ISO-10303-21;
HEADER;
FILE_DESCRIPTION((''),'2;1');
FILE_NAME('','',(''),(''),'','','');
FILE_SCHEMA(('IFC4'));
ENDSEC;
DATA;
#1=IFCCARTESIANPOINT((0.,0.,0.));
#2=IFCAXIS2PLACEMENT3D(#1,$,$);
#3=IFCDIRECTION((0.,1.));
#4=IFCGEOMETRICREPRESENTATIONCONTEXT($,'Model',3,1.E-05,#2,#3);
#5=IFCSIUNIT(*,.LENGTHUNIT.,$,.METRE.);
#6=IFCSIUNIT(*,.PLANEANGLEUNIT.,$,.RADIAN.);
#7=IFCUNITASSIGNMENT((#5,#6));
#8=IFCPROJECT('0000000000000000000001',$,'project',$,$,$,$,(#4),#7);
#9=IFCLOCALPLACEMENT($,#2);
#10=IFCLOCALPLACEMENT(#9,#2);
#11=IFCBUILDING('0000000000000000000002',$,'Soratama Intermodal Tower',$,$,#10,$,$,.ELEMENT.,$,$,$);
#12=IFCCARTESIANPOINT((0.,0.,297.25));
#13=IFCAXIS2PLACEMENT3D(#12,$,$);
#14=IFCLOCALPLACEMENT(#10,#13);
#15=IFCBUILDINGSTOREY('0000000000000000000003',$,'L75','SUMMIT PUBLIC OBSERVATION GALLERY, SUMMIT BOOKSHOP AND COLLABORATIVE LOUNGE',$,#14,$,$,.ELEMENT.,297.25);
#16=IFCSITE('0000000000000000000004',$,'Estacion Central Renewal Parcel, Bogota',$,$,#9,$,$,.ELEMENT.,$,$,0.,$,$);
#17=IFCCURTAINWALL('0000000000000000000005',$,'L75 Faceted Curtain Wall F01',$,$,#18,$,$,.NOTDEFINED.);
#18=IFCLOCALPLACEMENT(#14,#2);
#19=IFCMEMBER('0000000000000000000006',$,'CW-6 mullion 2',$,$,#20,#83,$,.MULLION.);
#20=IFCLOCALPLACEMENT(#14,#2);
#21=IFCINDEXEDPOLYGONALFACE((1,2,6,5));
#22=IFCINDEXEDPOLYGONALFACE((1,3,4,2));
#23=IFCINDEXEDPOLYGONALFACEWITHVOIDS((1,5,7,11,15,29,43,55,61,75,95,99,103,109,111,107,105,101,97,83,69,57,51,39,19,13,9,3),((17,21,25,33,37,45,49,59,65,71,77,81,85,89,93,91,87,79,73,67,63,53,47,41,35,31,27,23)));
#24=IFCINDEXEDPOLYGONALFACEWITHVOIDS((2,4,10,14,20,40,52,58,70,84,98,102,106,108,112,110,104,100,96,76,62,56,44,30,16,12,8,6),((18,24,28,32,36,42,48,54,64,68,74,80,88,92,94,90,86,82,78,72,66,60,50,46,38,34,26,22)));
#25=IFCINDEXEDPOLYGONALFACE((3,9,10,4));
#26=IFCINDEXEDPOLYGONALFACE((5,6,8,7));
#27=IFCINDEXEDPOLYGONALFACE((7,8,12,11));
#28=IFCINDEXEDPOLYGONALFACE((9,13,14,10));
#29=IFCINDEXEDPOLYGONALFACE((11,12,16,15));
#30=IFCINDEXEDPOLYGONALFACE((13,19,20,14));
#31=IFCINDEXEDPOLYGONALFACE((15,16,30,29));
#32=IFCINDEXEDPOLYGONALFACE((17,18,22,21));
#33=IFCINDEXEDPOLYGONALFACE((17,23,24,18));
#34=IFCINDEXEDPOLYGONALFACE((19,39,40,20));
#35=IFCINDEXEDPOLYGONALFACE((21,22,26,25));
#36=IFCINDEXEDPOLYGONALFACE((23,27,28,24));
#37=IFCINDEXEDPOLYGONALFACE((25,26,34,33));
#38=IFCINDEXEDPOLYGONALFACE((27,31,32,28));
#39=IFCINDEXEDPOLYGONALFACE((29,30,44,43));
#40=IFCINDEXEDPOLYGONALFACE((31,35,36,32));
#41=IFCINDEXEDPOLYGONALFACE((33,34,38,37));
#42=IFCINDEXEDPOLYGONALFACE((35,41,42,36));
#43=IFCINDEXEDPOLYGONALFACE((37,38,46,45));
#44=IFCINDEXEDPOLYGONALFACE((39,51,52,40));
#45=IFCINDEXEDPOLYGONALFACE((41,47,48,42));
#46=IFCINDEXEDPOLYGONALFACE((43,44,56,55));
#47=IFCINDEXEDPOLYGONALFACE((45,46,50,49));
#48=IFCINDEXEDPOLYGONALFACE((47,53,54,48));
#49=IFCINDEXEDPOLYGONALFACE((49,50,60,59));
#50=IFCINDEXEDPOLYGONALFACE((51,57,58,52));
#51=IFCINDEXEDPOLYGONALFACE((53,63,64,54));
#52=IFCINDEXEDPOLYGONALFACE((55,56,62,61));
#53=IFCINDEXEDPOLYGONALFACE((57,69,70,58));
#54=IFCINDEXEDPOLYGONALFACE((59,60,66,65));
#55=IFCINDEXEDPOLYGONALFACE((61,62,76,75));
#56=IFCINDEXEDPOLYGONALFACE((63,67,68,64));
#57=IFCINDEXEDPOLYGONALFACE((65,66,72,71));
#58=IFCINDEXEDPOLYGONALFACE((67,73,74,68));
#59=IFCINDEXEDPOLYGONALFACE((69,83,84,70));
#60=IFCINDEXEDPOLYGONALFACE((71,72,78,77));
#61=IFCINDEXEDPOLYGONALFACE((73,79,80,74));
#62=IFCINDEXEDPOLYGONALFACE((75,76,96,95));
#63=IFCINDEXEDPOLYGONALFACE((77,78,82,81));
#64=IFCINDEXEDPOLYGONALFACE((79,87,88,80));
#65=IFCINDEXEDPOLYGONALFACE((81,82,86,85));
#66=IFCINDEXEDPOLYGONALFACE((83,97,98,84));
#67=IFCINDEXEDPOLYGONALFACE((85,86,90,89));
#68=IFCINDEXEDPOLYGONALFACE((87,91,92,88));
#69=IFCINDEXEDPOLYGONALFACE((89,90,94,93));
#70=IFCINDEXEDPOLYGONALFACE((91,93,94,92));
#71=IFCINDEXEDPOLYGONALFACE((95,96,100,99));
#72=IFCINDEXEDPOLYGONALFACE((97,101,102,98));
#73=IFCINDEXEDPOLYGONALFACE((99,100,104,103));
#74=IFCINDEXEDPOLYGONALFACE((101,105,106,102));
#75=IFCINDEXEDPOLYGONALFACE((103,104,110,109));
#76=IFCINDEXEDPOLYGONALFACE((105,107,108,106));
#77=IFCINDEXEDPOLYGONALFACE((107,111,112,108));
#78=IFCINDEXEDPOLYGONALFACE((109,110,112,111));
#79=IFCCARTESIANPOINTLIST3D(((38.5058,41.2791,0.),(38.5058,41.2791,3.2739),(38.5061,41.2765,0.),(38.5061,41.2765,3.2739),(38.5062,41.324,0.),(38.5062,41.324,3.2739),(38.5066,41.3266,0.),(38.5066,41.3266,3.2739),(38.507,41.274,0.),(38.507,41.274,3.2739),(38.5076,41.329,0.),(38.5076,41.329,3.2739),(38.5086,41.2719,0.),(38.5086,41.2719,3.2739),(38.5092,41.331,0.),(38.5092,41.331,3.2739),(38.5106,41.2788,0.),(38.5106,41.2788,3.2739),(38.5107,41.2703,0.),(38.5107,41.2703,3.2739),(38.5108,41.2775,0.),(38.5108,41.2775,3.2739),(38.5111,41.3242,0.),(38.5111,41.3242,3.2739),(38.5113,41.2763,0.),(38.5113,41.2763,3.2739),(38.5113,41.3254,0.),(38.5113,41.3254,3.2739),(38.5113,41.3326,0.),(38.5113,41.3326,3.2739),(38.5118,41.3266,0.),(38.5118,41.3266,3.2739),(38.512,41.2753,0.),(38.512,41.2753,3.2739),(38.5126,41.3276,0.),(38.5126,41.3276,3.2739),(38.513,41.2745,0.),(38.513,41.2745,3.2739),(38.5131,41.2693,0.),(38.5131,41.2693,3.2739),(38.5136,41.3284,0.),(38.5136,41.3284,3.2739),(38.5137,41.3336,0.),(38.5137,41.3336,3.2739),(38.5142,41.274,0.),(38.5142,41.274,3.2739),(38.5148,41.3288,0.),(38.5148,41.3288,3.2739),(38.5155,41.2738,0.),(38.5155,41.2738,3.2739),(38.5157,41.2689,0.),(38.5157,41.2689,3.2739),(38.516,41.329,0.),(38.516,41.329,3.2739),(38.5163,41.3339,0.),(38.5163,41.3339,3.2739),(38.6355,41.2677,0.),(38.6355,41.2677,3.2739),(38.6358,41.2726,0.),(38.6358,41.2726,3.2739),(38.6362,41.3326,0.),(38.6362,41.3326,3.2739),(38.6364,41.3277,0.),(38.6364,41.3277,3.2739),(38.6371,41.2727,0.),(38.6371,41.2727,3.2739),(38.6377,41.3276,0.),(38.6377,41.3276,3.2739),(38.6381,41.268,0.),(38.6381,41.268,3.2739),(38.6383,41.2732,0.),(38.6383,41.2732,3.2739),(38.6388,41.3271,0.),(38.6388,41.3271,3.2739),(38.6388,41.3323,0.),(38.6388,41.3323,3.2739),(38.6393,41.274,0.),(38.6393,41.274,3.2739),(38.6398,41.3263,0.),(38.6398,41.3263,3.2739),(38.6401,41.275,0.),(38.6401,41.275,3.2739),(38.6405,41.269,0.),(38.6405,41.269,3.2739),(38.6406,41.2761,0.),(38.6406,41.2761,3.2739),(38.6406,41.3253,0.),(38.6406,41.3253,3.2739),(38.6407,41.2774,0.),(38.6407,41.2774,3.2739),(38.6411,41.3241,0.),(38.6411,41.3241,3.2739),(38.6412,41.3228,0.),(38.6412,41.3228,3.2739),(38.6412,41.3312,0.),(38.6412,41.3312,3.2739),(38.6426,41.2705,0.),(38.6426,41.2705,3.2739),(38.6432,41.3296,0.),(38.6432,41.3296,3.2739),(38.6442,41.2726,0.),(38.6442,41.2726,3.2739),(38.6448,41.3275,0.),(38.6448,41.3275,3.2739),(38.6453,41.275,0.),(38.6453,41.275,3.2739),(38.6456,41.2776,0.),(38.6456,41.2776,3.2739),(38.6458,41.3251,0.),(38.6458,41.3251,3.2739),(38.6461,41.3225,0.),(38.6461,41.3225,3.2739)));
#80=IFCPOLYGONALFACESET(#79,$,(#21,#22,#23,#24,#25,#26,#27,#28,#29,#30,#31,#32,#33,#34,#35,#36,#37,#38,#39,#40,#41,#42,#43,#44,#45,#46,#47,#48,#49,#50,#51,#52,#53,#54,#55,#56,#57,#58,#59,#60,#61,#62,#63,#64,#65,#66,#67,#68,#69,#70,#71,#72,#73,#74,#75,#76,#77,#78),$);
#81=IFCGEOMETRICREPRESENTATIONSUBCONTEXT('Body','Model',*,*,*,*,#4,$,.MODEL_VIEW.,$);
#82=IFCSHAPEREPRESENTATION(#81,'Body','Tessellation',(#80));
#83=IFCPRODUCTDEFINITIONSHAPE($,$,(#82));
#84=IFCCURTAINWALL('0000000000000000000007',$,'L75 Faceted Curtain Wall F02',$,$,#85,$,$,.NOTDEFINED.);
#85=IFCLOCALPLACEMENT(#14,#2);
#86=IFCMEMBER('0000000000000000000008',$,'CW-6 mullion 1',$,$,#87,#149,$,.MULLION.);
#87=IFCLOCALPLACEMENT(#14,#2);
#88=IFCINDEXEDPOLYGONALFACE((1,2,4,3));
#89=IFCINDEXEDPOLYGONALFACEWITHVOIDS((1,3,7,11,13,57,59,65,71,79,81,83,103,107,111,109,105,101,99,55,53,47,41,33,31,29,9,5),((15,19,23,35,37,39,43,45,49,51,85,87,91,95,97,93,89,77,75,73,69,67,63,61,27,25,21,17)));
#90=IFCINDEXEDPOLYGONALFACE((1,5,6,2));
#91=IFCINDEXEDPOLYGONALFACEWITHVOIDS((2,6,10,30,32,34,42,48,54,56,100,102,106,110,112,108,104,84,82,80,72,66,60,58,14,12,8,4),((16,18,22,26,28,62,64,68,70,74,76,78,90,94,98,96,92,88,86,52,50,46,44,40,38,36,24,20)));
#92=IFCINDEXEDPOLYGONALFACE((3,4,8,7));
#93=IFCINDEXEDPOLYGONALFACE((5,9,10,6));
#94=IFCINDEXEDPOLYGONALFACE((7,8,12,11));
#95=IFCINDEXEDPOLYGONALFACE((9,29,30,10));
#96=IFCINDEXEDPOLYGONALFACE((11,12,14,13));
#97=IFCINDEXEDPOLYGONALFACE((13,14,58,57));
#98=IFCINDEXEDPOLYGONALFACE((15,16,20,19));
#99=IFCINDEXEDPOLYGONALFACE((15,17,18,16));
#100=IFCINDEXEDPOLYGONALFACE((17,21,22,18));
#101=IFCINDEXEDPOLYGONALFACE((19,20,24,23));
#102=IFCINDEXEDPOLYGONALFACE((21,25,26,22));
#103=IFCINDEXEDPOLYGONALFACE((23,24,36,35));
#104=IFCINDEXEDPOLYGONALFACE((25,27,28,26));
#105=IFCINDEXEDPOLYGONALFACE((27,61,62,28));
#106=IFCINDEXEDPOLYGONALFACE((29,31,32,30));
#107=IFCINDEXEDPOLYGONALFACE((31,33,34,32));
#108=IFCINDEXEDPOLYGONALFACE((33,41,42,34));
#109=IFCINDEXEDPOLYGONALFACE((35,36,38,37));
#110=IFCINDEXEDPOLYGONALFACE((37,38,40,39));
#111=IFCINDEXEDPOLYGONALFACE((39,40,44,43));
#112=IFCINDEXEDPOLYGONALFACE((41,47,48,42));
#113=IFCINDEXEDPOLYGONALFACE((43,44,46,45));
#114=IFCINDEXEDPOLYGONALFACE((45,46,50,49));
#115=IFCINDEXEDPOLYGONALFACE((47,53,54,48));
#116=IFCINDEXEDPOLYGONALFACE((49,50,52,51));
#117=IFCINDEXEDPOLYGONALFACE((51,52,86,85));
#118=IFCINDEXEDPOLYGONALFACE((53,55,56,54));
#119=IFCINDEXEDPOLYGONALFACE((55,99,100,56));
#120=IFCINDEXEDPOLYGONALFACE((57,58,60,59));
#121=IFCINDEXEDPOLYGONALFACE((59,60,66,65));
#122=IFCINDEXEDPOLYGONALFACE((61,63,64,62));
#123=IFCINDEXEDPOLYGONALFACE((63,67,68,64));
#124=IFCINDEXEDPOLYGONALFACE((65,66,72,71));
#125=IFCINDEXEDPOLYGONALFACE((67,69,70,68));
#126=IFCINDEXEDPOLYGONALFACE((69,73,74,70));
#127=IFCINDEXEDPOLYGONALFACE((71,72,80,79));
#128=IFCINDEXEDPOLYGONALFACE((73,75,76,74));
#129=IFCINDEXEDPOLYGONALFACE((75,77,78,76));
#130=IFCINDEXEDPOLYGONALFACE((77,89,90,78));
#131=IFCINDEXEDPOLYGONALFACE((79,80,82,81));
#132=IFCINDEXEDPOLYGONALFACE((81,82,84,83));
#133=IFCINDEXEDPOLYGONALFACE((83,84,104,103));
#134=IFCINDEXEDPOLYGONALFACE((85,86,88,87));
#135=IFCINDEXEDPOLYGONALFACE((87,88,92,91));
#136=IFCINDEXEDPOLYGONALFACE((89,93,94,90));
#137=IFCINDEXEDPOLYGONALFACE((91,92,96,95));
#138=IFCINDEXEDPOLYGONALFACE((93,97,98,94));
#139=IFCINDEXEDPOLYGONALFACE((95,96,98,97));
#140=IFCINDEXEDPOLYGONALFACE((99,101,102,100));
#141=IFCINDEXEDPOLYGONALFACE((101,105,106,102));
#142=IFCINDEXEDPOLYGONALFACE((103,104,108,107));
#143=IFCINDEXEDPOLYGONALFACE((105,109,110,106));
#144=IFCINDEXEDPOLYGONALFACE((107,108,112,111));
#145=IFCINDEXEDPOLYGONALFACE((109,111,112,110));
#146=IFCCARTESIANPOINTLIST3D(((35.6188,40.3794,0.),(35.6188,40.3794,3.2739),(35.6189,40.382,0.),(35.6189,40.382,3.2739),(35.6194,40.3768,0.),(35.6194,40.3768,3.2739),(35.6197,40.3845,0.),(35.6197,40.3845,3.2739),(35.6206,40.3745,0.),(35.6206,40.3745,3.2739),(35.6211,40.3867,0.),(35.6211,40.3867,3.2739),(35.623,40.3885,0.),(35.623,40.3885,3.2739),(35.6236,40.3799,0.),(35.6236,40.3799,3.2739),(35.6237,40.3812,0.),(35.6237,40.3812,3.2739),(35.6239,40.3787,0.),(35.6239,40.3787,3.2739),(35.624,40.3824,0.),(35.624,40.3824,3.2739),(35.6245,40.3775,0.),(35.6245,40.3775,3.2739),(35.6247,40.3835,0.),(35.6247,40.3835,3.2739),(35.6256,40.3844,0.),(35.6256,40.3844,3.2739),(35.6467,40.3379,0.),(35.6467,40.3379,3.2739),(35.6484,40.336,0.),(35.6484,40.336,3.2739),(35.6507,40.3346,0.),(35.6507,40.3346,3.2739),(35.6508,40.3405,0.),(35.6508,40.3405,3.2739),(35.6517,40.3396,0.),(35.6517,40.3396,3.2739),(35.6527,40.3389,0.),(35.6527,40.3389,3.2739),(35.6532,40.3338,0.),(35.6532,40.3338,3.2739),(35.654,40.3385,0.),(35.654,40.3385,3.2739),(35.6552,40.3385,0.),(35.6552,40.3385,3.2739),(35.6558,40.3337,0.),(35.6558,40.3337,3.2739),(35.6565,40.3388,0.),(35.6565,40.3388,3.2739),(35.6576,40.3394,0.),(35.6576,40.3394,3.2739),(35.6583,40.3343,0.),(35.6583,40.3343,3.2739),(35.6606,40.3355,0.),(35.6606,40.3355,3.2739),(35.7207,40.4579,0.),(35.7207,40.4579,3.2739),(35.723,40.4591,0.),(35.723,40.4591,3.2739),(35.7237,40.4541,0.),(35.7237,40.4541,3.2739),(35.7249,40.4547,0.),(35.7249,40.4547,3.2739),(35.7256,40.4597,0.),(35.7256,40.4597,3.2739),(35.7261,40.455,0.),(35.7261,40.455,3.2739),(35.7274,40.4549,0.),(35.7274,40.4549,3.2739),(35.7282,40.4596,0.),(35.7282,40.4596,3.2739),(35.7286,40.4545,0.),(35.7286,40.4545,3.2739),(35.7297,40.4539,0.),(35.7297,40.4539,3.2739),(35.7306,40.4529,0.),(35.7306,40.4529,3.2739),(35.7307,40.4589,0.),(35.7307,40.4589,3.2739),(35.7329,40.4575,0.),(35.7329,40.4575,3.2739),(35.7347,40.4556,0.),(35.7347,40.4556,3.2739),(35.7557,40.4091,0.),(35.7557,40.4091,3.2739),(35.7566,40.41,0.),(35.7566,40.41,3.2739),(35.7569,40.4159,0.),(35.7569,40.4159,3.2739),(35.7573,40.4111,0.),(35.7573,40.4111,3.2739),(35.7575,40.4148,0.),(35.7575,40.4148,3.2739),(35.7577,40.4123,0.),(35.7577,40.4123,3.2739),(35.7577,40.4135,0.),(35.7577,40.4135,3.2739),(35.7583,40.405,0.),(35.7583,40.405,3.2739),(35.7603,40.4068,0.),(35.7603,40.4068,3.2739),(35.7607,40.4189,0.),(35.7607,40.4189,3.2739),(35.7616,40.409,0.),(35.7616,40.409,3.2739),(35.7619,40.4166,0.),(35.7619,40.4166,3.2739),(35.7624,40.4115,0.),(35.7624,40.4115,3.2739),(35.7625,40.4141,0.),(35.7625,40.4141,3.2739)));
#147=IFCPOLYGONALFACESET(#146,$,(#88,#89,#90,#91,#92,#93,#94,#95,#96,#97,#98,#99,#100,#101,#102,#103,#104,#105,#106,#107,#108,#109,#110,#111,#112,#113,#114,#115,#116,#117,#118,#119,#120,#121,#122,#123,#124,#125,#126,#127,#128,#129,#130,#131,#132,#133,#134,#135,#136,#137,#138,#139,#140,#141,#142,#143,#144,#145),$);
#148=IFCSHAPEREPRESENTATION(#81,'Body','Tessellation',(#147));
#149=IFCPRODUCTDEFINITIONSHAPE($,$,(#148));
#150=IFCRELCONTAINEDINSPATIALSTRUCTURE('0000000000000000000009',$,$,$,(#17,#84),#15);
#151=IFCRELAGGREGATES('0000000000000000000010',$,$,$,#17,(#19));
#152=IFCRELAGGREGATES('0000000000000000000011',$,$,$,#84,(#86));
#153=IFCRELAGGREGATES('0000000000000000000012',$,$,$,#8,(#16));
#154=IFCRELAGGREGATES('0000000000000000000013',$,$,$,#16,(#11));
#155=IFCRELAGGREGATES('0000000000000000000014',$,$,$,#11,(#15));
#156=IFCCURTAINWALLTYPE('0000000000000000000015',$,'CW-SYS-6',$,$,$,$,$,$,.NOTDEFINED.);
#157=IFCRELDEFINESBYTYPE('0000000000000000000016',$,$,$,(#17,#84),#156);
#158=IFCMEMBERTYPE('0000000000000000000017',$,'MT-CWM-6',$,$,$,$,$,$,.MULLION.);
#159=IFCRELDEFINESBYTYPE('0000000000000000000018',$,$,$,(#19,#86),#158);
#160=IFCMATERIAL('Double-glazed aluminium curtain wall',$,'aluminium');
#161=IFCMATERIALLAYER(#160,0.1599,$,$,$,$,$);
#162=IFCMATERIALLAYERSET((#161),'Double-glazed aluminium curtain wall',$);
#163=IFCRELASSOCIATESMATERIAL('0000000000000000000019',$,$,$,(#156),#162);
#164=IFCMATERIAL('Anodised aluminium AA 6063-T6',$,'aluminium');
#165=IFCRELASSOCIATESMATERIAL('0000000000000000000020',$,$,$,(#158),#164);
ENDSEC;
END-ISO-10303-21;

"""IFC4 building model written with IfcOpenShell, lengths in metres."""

from ifc_helpers import new_model, si_unit, direction, frame, origin, origin_2d, place, context, subcontext, project, spatial, hollow_rectangle, extrude, material, layer, layer_set, material_profile, profile_set, type_object, element, aggregate, save


model = new_model("IFC4")

# Units and contexts
model_context = context("Model", 3, precision=1e-05, world=origin(), true_north=direction((0.0, 1.0)))
body_context = subcontext(model_context, "Body", "Model", "MODEL_VIEW")
ifc_project = project(units=[si_unit("LENGTHUNIT", "METRE"), si_unit("PLANEANGLEUNIT", "RADIAN")], contexts=[model_context])

# Site, building, storey
site_placement = place(None, origin())
site = spatial("IfcSite", under=ifc_project, at=site_placement, Name="Estacion Central Renewal Parcel, Bogota", CompositionType="ELEMENT", RefElevation=0.0)
building_placement = place(site_placement, origin())
building = spatial("IfcBuilding", under=site, at=building_placement, Name="Soratama Intermodal Tower", CompositionType="ELEMENT")
storey_placement = place(building_placement, frame((0.0, 0.0, 297.25)))
storey = spatial("IfcBuildingStorey", under=building, at=storey_placement, Name="L75", Description="SUMMIT PUBLIC OBSERVATION GALLERY, SUMMIT BOOKSHOP AND COLLABORATIVE LOUNGE", CompositionType="ELEMENT", Elevation=297.25)

# Curtain wall, member
ifc_material_1 = material(Name="Double-glazed aluminium curtain wall", Category="aluminium")
ifc_layer_1 = layer(ifc_material_1, 0.1599)
ifc_layer_set_1 = layer_set([ifc_layer_1], Name="Double-glazed aluminium curtain wall")
curtain_wall_type = type_object("IfcCurtainWallType", Name="CW-SYS-6", PredefinedType="NOTDEFINED", material=ifc_layer_set_1)
curtain_wall_1_placement = place(storey_placement, origin())
curtain_wall_1 = element("IfcCurtainWall", 1, at=curtain_wall_1_placement, inside=storey, type_object=curtain_wall_type, Name="L75 Faceted Curtain Wall F01", PredefinedType="NOTDEFINED")
ifc_material_2 = material(Name="Anodised aluminium AA 6063-T6", Category="aluminium")
ifc_material_profile_1 = material_profile(ifc_material_2, hollow_rectangle(XDim=0.0649, YDim=0.1399, WallThickness=0.0049, InnerFilletRadius=0.0049, OuterFilletRadius=0.01, at=origin_2d()), Name="CWM140X65X5")
ifc_profile_set_1 = profile_set([ifc_material_profile_1], Name="Anodised aluminium AA 6063-T6")
member_type_1 = type_object("IfcMemberType", Name="MT-CWM-6", PredefinedType="MULLION", material=ifc_profile_set_1)
member_1_placement = place(storey_placement, frame((38.5759, 41.3008, 0.0), z_axis=(0.0, 0.0, 1.0), x_axis=(-0.010471, -0.999945, 0.0)))
member_1 = element("IfcMember", 2, at=member_1_placement, type_object=member_type_1, Name="CW-6 mullion 2", PredefinedType="MULLION", context=body_context, shape_type="SweptSolid", body=[
    extrude(hollow_rectangle(XDim=0.0649, YDim=0.1399, WallThickness=0.0049, InnerFilletRadius=0.0049, OuterFilletRadius=0.01, at=origin_2d()), origin(), (0.0, 0.0, 1.0), 3.2739),
])
aggregate(curtain_wall_1, [member_1])

# Curtain wall, member
curtain_wall_2_placement = place(storey_placement, origin())
curtain_wall_2 = element("IfcCurtainWall", 3, at=curtain_wall_2_placement, inside=storey, type_object=curtain_wall_type, Name="L75 Faceted Curtain Wall F02", PredefinedType="NOTDEFINED")
member_2_placement = place(storey_placement, frame((35.6907, 40.3967, 0.0), z_axis=(0.0, 0.0, 1.0), x_axis=(0.579286, -0.815124, 0.0)))
member_2 = element("IfcMember", 4, at=member_2_placement, type_object=member_type_1, Name="CW-6 mullion 1", PredefinedType="MULLION", context=body_context, shape_type="SweptSolid", body=[
    extrude(hollow_rectangle(XDim=0.0649, YDim=0.1399, WallThickness=0.0049, InnerFilletRadius=0.0049, OuterFilletRadius=0.01, at=origin_2d()), origin(), (0.0, 0.0, 1.0), 3.2739),
])
aggregate(curtain_wall_2, [member_2])

save(model, "model.ifc")
